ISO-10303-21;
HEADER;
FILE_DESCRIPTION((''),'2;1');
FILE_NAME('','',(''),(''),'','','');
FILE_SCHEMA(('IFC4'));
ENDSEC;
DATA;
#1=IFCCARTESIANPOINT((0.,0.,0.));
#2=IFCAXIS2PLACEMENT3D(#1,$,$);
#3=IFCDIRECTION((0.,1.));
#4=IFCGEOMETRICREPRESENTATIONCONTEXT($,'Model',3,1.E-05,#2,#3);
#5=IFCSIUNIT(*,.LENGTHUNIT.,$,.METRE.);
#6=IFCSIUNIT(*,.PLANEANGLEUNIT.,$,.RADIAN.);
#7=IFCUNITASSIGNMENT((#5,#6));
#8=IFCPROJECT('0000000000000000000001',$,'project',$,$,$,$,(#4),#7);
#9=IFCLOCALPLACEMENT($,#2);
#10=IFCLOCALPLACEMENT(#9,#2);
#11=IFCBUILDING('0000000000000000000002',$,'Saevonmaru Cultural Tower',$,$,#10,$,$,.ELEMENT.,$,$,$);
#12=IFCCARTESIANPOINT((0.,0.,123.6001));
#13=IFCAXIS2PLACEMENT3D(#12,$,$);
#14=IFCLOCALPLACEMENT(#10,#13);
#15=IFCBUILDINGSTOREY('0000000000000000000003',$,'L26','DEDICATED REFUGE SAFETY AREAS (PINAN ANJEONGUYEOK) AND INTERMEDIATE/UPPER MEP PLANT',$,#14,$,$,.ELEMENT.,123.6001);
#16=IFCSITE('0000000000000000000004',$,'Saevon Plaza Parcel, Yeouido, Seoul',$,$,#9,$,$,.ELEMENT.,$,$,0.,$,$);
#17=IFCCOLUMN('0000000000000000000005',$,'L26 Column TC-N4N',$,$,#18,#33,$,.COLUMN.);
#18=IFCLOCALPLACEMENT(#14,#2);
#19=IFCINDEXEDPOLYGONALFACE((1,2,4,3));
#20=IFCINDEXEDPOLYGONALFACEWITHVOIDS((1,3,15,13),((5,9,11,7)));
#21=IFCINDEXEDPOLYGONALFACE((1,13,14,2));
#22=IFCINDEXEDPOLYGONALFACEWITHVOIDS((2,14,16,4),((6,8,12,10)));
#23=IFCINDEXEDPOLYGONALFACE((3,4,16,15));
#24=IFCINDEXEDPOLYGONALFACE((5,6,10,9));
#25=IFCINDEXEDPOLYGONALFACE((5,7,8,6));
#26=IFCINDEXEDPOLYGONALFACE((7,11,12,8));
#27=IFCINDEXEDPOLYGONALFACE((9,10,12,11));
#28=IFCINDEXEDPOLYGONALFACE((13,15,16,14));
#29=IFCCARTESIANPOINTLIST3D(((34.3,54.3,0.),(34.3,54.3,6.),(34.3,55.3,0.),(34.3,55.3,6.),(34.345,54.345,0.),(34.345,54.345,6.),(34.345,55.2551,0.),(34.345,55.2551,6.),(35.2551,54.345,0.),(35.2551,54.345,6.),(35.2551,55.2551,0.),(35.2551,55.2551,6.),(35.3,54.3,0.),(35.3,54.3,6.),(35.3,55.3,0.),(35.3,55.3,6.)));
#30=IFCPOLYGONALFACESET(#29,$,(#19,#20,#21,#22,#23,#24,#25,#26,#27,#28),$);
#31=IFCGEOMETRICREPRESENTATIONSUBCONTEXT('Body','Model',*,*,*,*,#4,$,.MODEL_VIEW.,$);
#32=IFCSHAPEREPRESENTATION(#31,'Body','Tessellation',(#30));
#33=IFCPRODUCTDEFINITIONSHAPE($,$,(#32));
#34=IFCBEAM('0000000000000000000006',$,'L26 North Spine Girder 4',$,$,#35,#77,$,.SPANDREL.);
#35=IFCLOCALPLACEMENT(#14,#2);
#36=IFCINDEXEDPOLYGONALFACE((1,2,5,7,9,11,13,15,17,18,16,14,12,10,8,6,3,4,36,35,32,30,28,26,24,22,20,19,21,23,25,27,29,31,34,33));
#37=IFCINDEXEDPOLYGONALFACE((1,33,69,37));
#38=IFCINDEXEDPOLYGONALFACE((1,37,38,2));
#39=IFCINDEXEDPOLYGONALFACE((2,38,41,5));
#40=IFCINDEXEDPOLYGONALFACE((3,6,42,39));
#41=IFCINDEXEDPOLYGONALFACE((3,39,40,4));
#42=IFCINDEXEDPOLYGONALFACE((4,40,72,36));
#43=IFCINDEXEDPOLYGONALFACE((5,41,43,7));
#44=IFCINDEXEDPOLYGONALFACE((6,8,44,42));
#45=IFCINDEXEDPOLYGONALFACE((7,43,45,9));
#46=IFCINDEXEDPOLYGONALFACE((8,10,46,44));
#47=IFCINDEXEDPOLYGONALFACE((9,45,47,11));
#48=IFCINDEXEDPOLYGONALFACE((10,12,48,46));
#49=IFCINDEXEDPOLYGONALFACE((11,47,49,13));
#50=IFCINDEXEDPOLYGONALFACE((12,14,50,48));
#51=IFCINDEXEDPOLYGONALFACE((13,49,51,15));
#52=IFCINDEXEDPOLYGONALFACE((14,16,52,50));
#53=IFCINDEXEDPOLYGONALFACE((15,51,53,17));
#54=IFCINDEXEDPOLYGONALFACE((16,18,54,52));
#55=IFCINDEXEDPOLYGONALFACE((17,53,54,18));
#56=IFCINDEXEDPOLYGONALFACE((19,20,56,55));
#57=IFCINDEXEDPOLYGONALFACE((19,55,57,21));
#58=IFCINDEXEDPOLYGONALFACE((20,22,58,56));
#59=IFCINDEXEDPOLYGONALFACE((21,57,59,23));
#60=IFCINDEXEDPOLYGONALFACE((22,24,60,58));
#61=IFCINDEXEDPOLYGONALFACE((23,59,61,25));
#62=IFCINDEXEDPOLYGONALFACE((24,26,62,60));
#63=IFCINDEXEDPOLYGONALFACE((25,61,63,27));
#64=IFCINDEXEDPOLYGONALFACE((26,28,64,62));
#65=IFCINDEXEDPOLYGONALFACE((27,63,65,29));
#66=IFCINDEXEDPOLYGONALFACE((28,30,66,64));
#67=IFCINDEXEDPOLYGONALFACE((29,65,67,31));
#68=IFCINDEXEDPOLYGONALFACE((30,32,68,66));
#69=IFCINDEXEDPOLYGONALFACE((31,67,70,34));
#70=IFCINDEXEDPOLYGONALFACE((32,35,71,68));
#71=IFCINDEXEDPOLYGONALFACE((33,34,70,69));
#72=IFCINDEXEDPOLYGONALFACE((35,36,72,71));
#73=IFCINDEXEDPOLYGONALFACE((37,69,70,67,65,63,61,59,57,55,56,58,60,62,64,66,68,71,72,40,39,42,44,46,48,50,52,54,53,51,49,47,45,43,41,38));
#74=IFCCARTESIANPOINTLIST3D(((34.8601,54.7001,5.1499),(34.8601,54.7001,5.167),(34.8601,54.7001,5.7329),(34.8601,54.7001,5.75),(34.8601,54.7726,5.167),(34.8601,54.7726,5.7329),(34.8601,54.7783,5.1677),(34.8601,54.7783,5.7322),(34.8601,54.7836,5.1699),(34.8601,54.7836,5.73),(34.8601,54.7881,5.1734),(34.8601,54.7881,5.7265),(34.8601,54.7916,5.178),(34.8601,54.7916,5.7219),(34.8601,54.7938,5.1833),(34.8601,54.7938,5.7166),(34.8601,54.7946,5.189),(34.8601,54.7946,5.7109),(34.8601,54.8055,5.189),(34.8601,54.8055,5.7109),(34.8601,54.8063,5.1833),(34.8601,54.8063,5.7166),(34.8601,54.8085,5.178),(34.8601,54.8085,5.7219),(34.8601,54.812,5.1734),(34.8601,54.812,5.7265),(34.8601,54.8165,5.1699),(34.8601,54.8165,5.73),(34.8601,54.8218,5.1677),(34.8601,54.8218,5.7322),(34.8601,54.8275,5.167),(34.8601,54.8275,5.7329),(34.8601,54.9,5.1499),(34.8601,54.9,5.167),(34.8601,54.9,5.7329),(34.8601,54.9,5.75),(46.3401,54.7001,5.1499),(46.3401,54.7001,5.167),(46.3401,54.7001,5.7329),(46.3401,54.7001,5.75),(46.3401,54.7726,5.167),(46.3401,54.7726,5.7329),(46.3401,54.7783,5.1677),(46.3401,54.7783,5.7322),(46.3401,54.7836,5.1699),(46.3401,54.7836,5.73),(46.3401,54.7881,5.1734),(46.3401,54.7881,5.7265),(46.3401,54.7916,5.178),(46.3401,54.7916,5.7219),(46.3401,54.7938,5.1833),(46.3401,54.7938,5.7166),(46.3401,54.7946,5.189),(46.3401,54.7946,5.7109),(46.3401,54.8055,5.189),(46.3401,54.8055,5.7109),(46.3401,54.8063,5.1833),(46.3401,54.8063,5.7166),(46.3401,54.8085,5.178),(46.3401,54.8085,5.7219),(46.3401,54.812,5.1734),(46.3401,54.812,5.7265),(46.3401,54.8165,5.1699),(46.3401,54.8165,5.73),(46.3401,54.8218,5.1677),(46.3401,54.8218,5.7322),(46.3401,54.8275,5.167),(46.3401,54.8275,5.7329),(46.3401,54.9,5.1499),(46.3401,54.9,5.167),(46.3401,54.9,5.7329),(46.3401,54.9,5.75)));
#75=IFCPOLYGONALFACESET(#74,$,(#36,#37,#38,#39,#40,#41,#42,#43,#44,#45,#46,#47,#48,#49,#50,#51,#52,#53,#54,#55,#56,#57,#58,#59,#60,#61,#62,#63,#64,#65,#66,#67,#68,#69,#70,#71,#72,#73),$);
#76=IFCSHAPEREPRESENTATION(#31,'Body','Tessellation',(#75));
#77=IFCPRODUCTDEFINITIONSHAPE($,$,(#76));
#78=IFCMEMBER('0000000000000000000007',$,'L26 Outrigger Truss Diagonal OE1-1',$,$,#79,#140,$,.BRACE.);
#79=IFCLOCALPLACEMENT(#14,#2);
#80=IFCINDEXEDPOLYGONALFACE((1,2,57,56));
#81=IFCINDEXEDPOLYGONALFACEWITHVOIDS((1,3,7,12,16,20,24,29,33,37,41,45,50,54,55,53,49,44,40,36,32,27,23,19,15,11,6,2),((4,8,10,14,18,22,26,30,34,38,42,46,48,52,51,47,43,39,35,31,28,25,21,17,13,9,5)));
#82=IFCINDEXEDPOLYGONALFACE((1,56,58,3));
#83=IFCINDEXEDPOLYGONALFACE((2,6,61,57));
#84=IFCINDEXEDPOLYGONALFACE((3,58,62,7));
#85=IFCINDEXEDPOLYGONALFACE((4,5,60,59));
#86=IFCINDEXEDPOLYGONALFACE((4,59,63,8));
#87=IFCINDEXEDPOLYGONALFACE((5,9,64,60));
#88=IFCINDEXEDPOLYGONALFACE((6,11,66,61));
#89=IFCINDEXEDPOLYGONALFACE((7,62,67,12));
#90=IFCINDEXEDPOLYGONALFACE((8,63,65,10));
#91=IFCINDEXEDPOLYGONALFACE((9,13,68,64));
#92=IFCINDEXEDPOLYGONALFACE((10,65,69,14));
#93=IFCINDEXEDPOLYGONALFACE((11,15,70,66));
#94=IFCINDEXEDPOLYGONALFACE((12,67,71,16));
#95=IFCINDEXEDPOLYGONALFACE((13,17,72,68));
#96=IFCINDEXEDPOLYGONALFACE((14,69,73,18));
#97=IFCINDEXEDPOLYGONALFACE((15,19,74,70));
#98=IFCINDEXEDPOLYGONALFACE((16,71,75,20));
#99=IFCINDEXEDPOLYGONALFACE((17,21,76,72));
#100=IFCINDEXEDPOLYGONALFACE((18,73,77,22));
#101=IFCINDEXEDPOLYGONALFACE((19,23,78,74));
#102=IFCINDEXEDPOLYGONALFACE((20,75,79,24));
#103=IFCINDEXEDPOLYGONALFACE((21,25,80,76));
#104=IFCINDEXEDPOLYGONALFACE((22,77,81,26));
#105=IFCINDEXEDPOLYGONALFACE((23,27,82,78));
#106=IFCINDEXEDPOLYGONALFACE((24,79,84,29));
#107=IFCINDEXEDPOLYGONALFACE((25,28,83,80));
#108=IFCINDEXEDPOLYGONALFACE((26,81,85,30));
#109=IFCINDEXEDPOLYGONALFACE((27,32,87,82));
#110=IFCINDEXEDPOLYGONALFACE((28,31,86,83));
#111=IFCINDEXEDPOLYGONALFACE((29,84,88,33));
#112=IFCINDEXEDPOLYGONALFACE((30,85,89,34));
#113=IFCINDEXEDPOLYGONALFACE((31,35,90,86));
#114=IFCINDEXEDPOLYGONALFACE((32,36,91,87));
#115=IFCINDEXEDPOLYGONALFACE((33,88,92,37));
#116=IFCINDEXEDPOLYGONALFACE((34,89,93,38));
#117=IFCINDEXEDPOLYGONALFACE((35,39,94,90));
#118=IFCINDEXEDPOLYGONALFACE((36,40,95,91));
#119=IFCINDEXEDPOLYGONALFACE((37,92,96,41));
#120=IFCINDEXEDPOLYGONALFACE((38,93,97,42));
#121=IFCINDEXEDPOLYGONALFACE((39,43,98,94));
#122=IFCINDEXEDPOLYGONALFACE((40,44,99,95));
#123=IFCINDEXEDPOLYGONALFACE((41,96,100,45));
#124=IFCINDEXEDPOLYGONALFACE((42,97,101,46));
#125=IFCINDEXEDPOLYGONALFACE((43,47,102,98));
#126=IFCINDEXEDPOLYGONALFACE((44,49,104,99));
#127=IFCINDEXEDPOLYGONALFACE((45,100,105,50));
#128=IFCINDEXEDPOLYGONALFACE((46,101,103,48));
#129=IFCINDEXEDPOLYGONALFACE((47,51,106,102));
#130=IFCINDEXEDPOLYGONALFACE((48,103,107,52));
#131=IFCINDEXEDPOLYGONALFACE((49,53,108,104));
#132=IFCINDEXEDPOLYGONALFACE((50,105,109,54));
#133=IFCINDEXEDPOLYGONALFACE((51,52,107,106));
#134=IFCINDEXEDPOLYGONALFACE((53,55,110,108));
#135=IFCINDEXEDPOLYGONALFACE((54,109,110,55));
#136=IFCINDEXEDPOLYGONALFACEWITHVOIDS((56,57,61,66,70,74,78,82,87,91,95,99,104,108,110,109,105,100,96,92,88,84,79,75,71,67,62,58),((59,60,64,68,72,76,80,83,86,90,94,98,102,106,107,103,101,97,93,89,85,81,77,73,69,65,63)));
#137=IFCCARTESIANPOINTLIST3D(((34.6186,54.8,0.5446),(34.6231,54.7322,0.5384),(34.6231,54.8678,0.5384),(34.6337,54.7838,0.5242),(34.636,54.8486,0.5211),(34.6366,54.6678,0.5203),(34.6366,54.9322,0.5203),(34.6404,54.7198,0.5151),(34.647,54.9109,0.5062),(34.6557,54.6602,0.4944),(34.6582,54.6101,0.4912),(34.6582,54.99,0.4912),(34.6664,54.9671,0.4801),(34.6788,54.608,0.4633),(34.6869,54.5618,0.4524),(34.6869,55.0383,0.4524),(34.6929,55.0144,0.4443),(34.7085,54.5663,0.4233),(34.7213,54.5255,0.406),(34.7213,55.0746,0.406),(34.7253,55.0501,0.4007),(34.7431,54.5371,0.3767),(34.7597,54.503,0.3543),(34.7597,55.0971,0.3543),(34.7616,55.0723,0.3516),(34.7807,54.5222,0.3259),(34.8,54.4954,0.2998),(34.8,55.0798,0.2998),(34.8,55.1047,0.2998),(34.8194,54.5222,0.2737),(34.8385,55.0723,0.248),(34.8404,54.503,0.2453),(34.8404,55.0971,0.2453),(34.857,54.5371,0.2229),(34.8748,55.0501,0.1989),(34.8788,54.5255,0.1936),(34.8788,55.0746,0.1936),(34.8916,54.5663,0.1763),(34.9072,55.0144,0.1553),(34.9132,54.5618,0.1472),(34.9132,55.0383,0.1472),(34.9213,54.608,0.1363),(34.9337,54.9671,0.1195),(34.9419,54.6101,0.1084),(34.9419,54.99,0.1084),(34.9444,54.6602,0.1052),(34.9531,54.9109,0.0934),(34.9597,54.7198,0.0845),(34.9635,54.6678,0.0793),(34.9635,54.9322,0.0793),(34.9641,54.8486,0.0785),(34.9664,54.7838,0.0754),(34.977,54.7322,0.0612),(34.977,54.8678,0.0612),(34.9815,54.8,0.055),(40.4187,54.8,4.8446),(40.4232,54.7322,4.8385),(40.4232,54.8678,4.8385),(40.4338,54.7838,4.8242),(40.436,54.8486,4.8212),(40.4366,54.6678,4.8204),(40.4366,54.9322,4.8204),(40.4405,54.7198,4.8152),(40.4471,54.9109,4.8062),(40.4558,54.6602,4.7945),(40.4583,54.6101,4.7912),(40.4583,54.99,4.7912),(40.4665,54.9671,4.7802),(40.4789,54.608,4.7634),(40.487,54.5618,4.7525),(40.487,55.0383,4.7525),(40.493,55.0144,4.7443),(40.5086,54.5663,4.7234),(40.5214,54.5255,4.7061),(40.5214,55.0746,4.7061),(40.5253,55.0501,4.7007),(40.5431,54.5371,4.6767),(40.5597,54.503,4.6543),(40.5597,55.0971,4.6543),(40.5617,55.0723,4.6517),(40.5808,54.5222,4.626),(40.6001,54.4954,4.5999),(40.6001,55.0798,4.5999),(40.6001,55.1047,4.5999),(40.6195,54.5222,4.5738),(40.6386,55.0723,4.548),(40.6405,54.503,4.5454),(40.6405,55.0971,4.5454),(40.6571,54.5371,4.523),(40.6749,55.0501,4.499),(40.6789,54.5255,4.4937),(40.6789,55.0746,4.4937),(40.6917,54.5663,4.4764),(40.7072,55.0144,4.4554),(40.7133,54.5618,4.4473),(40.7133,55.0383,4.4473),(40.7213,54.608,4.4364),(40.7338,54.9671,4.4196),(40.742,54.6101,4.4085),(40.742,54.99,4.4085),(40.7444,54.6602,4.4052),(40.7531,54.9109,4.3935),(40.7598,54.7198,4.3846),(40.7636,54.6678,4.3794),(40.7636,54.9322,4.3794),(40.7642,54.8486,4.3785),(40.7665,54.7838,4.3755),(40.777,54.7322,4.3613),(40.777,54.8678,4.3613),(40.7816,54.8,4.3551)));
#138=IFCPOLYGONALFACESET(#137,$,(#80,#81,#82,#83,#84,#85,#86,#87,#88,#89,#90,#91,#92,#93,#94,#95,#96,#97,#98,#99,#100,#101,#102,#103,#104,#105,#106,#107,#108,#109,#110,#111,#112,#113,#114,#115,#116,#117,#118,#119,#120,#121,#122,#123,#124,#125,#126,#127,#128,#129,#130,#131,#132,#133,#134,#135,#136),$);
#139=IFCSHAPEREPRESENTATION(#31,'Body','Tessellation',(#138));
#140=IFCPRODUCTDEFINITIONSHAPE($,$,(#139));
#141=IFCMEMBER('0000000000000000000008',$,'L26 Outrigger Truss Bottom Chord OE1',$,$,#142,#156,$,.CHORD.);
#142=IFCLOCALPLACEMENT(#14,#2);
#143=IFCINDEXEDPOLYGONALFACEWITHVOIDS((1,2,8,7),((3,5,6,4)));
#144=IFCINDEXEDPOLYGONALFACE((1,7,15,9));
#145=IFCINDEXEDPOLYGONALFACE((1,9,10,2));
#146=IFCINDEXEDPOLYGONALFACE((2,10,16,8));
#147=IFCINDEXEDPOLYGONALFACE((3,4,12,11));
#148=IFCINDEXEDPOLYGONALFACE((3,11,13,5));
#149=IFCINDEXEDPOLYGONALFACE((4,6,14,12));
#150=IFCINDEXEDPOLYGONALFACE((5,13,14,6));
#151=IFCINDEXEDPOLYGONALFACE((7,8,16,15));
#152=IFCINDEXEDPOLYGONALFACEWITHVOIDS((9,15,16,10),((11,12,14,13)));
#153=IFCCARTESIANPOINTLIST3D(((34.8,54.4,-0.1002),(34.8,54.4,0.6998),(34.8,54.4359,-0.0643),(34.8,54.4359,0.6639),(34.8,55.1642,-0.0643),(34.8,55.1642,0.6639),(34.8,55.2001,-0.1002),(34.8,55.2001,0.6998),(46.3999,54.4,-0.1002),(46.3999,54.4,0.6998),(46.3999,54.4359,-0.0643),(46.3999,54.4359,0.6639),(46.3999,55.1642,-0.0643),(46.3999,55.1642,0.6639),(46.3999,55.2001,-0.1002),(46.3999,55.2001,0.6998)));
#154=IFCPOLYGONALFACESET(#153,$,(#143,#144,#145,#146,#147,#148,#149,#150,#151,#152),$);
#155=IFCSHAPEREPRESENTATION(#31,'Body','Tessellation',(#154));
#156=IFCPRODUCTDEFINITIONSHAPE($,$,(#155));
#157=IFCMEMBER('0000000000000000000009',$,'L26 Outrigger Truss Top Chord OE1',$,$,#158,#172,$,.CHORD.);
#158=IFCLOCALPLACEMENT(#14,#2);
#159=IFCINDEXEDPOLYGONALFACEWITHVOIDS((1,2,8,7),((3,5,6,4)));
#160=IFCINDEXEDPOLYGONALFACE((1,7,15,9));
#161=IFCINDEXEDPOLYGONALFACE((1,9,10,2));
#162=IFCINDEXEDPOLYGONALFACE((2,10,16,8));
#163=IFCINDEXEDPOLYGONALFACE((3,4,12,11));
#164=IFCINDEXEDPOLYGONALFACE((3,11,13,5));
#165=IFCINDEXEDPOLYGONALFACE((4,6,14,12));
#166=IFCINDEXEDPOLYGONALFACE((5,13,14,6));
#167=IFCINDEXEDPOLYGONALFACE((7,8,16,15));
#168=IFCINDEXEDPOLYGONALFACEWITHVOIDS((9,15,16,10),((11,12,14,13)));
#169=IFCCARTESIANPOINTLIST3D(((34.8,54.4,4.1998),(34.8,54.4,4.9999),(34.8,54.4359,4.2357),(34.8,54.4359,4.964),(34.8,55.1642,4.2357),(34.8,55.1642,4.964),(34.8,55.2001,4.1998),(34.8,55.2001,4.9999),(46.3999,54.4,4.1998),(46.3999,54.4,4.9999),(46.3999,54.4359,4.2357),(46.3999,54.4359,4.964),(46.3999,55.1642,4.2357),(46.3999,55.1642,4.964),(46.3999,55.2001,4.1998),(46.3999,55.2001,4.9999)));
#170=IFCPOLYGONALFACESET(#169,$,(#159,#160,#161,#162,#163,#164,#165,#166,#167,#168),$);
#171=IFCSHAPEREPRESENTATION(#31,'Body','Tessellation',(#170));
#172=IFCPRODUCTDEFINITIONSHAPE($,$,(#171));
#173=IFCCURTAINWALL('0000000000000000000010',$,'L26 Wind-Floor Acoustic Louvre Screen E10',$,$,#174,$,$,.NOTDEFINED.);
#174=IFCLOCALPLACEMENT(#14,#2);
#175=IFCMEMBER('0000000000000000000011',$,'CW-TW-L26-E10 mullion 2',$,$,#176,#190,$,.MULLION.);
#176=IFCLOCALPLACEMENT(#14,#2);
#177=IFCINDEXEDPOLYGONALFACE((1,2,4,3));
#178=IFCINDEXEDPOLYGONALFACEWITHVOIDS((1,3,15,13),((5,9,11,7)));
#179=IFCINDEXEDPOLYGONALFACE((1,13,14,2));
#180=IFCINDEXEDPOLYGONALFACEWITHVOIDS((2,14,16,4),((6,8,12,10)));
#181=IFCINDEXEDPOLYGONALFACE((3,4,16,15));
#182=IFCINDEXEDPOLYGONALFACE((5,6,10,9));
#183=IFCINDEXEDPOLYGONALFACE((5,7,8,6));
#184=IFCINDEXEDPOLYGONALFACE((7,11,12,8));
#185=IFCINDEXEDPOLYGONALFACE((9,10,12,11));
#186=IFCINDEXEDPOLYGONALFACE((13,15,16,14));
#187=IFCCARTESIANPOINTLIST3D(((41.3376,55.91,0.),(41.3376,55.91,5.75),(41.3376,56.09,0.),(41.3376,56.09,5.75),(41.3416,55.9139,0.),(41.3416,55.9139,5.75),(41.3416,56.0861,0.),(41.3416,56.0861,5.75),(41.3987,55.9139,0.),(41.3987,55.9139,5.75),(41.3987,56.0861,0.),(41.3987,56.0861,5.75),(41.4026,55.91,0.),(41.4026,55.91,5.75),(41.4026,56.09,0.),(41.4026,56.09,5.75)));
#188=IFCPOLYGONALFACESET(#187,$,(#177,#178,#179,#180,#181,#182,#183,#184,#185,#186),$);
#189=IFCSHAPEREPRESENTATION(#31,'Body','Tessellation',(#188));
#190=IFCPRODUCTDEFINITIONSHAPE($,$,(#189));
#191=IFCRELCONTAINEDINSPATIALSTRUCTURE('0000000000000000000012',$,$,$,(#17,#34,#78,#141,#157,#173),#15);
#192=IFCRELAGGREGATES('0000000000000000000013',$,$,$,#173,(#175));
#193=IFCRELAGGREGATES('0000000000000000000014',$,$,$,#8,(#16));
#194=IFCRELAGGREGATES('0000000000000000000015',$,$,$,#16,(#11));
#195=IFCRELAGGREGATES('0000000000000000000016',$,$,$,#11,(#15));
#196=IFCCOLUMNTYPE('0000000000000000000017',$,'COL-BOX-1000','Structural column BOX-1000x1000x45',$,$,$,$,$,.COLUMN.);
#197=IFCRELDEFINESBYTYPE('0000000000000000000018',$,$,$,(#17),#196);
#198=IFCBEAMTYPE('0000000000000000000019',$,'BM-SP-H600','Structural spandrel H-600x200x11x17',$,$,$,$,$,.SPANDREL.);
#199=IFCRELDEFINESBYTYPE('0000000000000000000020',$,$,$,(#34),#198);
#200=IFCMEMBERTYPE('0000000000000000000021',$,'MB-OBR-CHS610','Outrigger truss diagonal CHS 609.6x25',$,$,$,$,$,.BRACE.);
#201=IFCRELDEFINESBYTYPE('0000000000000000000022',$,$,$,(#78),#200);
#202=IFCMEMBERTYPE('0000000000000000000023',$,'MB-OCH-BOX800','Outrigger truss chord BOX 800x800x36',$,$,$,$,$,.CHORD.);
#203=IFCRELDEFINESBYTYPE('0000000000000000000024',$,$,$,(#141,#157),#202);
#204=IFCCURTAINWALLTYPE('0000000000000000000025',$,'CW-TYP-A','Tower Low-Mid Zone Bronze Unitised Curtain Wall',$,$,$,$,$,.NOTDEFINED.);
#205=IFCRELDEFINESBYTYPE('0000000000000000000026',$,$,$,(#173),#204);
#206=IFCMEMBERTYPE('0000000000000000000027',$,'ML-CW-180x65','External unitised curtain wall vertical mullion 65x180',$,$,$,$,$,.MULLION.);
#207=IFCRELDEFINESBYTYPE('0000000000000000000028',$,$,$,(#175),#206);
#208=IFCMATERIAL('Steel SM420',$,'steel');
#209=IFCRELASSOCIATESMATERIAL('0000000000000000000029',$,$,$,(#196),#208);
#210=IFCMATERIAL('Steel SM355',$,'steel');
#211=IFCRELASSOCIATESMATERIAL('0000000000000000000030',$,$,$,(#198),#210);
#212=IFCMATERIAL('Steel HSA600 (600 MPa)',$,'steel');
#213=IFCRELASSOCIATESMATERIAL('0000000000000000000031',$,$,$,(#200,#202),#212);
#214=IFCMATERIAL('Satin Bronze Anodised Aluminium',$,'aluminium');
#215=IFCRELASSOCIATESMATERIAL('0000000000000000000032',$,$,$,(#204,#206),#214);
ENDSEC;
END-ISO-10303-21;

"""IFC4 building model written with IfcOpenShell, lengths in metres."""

from ifc_helpers import new_model, si_unit, direction, frame, origin, origin_2d, place, context, subcontext, project, spatial, hollow_rectangle, hollow_circle, i_section, extrude, material, material_profile, profile_set, type_object, element, aggregate, save


model = new_model("IFC4")

# Units and contexts
model_context = context("Model", 3, precision=1e-05, world=origin(), true_north=direction((0.0, 1.0)))
body_context = subcontext(model_context, "Body", "Model", "MODEL_VIEW")
ifc_project = project(units=[si_unit("LENGTHUNIT", "METRE"), si_unit("PLANEANGLEUNIT", "RADIAN")], contexts=[model_context])

# Site, building, storey
site_placement = place(None, origin())
site = spatial("IfcSite", under=ifc_project, at=site_placement, Name="Saevon Plaza Parcel, Yeouido, Seoul", CompositionType="ELEMENT", RefElevation=0.0)
building_placement = place(site_placement, origin())
building = spatial("IfcBuilding", under=site, at=building_placement, Name="Saevonmaru Cultural Tower", CompositionType="ELEMENT")
storey_placement = place(building_placement, frame((0.0, 0.0, 123.6001)))
storey = spatial("IfcBuildingStorey", under=building, at=storey_placement, Name="L26", Description="DEDICATED REFUGE SAFETY AREAS (PINAN ANJEONGUYEOK) AND INTERMEDIATE/UPPER MEP PLANT", CompositionType="ELEMENT", Elevation=123.6001)

# Column
ifc_material_1 = material(Name="Steel SM420", Category="steel")
ifc_material_profile_1 = material_profile(ifc_material_1, hollow_rectangle(XDim=1.0, YDim=1.0, WallThickness=0.0449, at=origin_2d()), Name="BOX-1000x1000x45")
ifc_profile_set_1 = profile_set([ifc_material_profile_1], Name="Steel SM420")
column_type = type_object("IfcColumnType", Name="COL-BOX-1000", Description="Structural column BOX-1000x1000x45", PredefinedType="COLUMN", material=ifc_profile_set_1)
column_placement = place(storey_placement, frame((34.8, 54.8, 0.0), z_axis=(0.0, 0.0, 1.0), x_axis=(1.0, 0.0, 0.0)))
element("IfcColumn", 1, at=column_placement, inside=storey, type_object=column_type, Name="L26 Column TC-N4N", PredefinedType="COLUMN", context=body_context, shape_type="SweptSolid", body=[
    extrude(hollow_rectangle(XDim=1.0, YDim=1.0, WallThickness=0.0449, at=origin_2d()), origin(), (0.0, 0.0, 1.0), 6.0),
])

# Beam
ifc_material_2 = material(Name="Steel SM355", Category="steel")
ifc_material_profile_2 = material_profile(ifc_material_2, i_section(OverallWidth=0.2, OverallDepth=0.6001, WebThickness=0.011, FlangeThickness=0.0171, FilletRadius=0.022, at=origin_2d()), Name="H-600x200x11x17")
ifc_profile_set_2 = profile_set([ifc_material_profile_2], Name="Steel SM355")
beam_type = type_object("IfcBeamType", Name="BM-SP-H600", Description="Structural spandrel H-600x200x11x17", PredefinedType="SPANDREL", material=ifc_profile_set_2)
beam_placement = place(storey_placement, frame((34.8601, 54.8, 5.45), z_axis=(1.0, 0.0, 0.0), x_axis=(0.0, 1.0, 0.0)))
element("IfcBeam", 2, at=beam_placement, inside=storey, type_object=beam_type, Name="L26 North Spine Girder 4", PredefinedType="SPANDREL", context=body_context, shape_type="SweptSolid", body=[
    extrude(i_section(OverallWidth=0.2, OverallDepth=0.6001, WebThickness=0.011, FlangeThickness=0.0171, FilletRadius=0.022, at=origin_2d()), origin(), (0.0, 0.0, 1.0), 11.48),
])

# Members
ifc_material_3 = material(Name="Steel HSA600 (600 MPa)", Category="steel")
ifc_material_profile_3 = material_profile(ifc_material_3, hollow_circle(Radius=0.3047, WallThickness=0.0249, at=origin_2d()), Name="CHS-609.6x25")
ifc_profile_set_3 = profile_set([ifc_material_profile_3], Name="Steel HSA600 (600 MPa)")
member_type_1 = type_object("IfcMemberType", Name="MB-OBR-CHS610", Description="Outrigger truss diagonal CHS 609.6x25", PredefinedType="BRACE", material=ifc_profile_set_3)
member_1_placement = place(storey_placement, frame((34.8, 54.8, 0.2998), z_axis=(0.803311, 0.0, 0.59556), x_axis=(0.0, 1.0, 0.0)))
element("IfcMember", 3, at=member_1_placement, inside=storey, type_object=member_type_1, Name="L26 Outrigger Truss Diagonal OE1-1", PredefinedType="BRACE", context=body_context, shape_type="SweptSolid", body=[
    extrude(hollow_circle(Radius=0.3047, WallThickness=0.0249, at=origin_2d()), origin(), (0.0, 0.0, 1.0), 7.2202),
])
ifc_material_profile_4 = material_profile(ifc_material_3, hollow_rectangle(XDim=0.8, YDim=0.8, WallThickness=0.0359, at=origin_2d()), Name="BOX-800x800x36")
ifc_profile_set_4 = profile_set([ifc_material_profile_4], Name="Steel HSA600 (600 MPa)")
member_type_2 = type_object("IfcMemberType", Name="MB-OCH-BOX800", Description="Outrigger truss chord BOX 800x800x36", PredefinedType="CHORD", material=ifc_profile_set_4)
for number, where, z_axis, x_axis, name in (
    (4, (34.8, 54.8, 0.2998), (1.0, 0.0, 0.0), (0.0, 1.0, 0.0), "L26 Outrigger Truss Bottom Chord OE1"),
    (5, (34.8, 54.8, 4.5999), (1.0, 0.0, 0.0), (0.0, 1.0, 0.0), "L26 Outrigger Truss Top Chord OE1"),
):
    element("IfcMember", number, at=place(storey_placement, frame(where, z_axis=z_axis, x_axis=x_axis)), inside=storey, type_object=member_type_2, Name=name, PredefinedType="CHORD", context=body_context, shape_type="SweptSolid", body=[
        extrude(hollow_rectangle(XDim=0.8, YDim=0.8, WallThickness=0.0359, at=origin_2d()), origin(), (0.0, 0.0, 1.0), 11.5999),
    ])

# Curtain wall, member
ifc_material_4 = material(Name="Satin Bronze Anodised Aluminium", Category="aluminium")
curtain_wall_type = type_object("IfcCurtainWallType", Name="CW-TYP-A", Description="Tower Low-Mid Zone Bronze Unitised Curtain Wall", PredefinedType="NOTDEFINED", material=ifc_material_4)
curtain_wall_placement = place(storey_placement, origin())
curtain_wall = element("IfcCurtainWall", 6, at=curtain_wall_placement, inside=storey, type_object=curtain_wall_type, Name="L26 Wind-Floor Acoustic Louvre Screen E10", PredefinedType="NOTDEFINED")
ifc_material_profile_5 = material_profile(ifc_material_4, hollow_rectangle(XDim=0.0649, YDim=0.1799, WallThickness=0.0039, at=origin_2d()), Name="ALU-MULL-180x65x4")
ifc_profile_set_5 = profile_set([ifc_material_profile_5], Name="Satin Bronze Anodised Aluminium")
member_type_3 = type_object("IfcMemberType", Name="ML-CW-180x65", Description="External unitised curtain wall vertical mullion 65x180", PredefinedType="MULLION", material=ifc_profile_set_5)
member_2_placement = place(storey_placement, frame((41.3701, 56.0, 0.0), z_axis=(0.0, 0.0, 1.0), x_axis=(-1.0, 0.0, 0.0)))
member_2 = element("IfcMember", 7, at=member_2_placement, type_object=member_type_3, Name="CW-TW-L26-E10 mullion 2", PredefinedType="MULLION", context=body_context, shape_type="SweptSolid", body=[
    extrude(hollow_rectangle(XDim=0.0649, YDim=0.1799, WallThickness=0.0039, at=origin_2d()), origin(), (0.0, 0.0, 1.0), 5.75),
])

aggregate(curtain_wall, [member_2])

save(model, "model.ifc")
